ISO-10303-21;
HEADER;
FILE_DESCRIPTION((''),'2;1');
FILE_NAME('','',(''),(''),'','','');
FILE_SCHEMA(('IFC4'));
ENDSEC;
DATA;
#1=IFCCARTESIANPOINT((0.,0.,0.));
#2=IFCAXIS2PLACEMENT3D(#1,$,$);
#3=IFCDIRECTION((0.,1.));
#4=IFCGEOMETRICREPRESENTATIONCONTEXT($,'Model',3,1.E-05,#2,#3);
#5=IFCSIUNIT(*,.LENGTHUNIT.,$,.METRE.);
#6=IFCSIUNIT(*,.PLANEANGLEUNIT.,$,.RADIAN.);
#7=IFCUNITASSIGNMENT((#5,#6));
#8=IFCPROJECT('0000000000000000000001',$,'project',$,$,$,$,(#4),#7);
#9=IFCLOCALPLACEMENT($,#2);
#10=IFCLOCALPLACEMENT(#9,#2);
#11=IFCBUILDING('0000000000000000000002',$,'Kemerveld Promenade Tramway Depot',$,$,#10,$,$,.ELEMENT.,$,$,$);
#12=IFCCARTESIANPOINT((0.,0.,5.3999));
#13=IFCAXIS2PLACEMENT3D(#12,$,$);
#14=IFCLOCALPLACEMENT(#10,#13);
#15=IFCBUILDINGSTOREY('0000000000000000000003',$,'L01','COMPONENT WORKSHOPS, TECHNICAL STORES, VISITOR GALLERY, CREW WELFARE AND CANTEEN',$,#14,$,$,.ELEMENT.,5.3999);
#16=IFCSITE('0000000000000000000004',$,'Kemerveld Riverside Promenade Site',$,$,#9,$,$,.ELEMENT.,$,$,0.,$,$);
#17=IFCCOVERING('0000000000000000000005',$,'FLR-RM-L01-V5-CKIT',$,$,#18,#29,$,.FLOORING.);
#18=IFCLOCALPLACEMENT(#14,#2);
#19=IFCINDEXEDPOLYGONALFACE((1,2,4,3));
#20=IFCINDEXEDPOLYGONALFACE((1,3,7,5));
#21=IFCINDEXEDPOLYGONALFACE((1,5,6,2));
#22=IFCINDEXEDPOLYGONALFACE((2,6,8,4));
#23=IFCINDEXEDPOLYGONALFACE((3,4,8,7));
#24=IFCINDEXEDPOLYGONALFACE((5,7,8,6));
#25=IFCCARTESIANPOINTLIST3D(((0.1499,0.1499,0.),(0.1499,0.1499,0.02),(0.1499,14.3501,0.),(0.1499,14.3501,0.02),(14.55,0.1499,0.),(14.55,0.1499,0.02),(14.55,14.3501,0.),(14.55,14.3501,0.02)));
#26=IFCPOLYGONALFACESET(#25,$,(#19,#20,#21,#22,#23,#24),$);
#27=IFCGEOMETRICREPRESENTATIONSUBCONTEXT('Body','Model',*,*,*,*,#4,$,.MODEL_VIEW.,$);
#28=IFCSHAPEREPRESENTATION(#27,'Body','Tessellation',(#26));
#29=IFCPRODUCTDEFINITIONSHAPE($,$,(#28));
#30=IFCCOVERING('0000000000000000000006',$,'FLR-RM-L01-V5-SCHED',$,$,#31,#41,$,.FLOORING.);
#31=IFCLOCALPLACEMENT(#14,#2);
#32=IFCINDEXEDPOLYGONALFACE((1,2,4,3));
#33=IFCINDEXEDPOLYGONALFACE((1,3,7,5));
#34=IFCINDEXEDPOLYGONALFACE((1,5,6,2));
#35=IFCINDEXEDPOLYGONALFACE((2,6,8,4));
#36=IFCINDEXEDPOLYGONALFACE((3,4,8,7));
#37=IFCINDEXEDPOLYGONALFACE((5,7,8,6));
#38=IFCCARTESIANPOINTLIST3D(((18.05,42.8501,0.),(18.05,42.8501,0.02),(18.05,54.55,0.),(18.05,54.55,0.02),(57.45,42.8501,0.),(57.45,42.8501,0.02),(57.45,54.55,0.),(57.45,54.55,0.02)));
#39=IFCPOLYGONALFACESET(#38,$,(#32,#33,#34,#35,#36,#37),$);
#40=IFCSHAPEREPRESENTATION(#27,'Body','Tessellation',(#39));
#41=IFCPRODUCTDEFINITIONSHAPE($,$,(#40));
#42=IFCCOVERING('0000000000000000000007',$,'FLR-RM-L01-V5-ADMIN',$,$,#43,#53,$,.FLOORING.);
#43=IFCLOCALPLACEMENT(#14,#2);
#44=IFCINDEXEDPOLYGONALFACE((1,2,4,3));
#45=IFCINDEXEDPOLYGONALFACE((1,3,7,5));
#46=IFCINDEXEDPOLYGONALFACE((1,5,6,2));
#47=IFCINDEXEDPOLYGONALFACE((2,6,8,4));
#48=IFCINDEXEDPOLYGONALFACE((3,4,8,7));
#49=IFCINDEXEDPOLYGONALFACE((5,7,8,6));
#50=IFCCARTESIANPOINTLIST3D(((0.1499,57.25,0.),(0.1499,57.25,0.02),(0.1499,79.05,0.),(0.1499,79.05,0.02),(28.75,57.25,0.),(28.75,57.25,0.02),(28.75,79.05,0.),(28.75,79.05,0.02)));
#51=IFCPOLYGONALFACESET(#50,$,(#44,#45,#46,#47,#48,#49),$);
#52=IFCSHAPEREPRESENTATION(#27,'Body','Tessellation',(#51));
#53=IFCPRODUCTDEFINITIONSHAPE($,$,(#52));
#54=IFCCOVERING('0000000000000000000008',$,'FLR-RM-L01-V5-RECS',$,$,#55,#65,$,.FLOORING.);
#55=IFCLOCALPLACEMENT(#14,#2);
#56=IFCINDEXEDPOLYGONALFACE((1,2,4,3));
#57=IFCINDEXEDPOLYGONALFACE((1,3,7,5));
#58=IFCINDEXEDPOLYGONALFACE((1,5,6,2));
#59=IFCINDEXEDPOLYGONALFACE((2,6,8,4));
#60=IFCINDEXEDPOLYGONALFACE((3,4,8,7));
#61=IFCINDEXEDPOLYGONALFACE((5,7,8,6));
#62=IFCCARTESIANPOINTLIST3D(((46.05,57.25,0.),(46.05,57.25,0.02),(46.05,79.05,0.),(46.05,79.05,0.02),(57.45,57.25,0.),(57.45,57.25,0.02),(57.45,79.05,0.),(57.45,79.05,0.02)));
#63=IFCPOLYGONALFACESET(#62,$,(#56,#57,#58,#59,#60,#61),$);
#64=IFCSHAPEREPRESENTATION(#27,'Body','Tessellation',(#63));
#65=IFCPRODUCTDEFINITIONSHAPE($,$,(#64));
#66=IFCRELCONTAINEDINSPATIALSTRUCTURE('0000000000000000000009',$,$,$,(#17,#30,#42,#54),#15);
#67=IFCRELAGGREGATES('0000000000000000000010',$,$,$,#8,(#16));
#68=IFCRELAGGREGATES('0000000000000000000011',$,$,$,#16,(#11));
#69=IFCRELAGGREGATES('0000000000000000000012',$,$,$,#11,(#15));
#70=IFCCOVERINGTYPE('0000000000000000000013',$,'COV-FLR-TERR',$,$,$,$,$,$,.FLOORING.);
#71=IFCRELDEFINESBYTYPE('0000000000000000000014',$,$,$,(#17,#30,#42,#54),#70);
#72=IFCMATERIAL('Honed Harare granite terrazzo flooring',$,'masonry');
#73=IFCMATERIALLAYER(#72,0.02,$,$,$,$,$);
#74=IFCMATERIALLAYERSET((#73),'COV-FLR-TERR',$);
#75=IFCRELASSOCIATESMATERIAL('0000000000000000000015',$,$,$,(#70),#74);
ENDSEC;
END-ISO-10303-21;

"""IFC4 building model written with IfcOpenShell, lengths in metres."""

from ifc_helpers import new_model, si_unit, direction, frame, origin, place, context, subcontext, project, spatial, polyline, outline, extrude, material, layer, layer_set, type_object, element, save


model = new_model("IFC4")

# Units and contexts
model_context = context("Model", 3, precision=1e-05, world=origin(), true_north=direction((0.0, 1.0)))
body_context = subcontext(model_context, "Body", "Model", "MODEL_VIEW")
ifc_project = project(units=[si_unit("LENGTHUNIT", "METRE"), si_unit("PLANEANGLEUNIT", "RADIAN")], contexts=[model_context])

# Site, building, storey
site_placement = place(None, origin())
site = spatial("IfcSite", under=ifc_project, at=site_placement, Name="Kemerveld Riverside Promenade Site", CompositionType="ELEMENT", RefElevation=0.0)
building_placement = place(site_placement, origin())
building = spatial("IfcBuilding", under=site, at=building_placement, Name="Kemerveld Promenade Tramway Depot", CompositionType="ELEMENT")
storey_placement = place(building_placement, frame((0.0, 0.0, 5.3999)))
storey = spatial("IfcBuildingStorey", under=building, at=storey_placement, Name="L01", Description="COMPONENT WORKSHOPS, TECHNICAL STORES, VISITOR GALLERY, CREW WELFARE AND CANTEEN", CompositionType="ELEMENT", Elevation=5.3999)

# Coverings
ifc_material_1 = material(Name="Honed Harare granite terrazzo flooring", Category="masonry")
ifc_layer_1 = layer(ifc_material_1, 0.02)
ifc_layer_set_1 = layer_set([ifc_layer_1], Name="COV-FLR-TERR")
covering_type_1 = type_object("IfcCoveringType", Name="COV-FLR-TERR", PredefinedType="FLOORING", material=ifc_layer_set_1)
covering_1_placement = place(storey_placement, origin())
element("IfcCovering", 1, at=covering_1_placement, inside=storey, type_object=covering_type_1, Name="FLR-RM-L01-V5-CKIT", PredefinedType="FLOORING", context=body_context, shape_type="SweptSolid", body=[
    extrude(outline(polyline([(0.1499, 0.1499), (14.55, 0.1499), (14.55, 14.3501), (0.1499, 14.3501), (0.1499, 0.1499)])), origin(), (0.0, 0.0, 1.0), 0.02),
])
covering_2_placement = place(storey_placement, origin())
element("IfcCovering", 2, at=covering_2_placement, inside=storey, type_object=covering_type_1, Name="FLR-RM-L01-V5-SCHED", PredefinedType="FLOORING", context=body_context, shape_type="SweptSolid", body=[
    extrude(outline(polyline([(18.05, 42.8501), (57.45, 42.8501), (57.45, 54.55), (18.05, 54.55), (18.05, 42.8501)])), origin(), (0.0, 0.0, 1.0), 0.02),
])
covering_3_placement = place(storey_placement, origin())
element("IfcCovering", 3, at=covering_3_placement, inside=storey, type_object=covering_type_1, Name="FLR-RM-L01-V5-ADMIN", PredefinedType="FLOORING", context=body_context, shape_type="SweptSolid", body=[
    extrude(outline(polyline([(0.1499, 57.25), (28.75, 57.25), (28.75, 79.05), (0.1499, 79.05), (0.1499, 57.25)])), origin(), (0.0, 0.0, 1.0), 0.02),
])
covering_4_placement = place(storey_placement, origin())
element("IfcCovering", 4, at=covering_4_placement, inside=storey, type_object=covering_type_1, Name="FLR-RM-L01-V5-RECS", PredefinedType="FLOORING", context=body_context, shape_type="SweptSolid", body=[
    extrude(outline(polyline([(46.05, 57.25), (57.45, 57.25), (57.45, 79.05), (46.05, 79.05), (46.05, 57.25)])), origin(), (0.0, 0.0, 1.0), 0.02),
])

save(model, "model.ifc")
